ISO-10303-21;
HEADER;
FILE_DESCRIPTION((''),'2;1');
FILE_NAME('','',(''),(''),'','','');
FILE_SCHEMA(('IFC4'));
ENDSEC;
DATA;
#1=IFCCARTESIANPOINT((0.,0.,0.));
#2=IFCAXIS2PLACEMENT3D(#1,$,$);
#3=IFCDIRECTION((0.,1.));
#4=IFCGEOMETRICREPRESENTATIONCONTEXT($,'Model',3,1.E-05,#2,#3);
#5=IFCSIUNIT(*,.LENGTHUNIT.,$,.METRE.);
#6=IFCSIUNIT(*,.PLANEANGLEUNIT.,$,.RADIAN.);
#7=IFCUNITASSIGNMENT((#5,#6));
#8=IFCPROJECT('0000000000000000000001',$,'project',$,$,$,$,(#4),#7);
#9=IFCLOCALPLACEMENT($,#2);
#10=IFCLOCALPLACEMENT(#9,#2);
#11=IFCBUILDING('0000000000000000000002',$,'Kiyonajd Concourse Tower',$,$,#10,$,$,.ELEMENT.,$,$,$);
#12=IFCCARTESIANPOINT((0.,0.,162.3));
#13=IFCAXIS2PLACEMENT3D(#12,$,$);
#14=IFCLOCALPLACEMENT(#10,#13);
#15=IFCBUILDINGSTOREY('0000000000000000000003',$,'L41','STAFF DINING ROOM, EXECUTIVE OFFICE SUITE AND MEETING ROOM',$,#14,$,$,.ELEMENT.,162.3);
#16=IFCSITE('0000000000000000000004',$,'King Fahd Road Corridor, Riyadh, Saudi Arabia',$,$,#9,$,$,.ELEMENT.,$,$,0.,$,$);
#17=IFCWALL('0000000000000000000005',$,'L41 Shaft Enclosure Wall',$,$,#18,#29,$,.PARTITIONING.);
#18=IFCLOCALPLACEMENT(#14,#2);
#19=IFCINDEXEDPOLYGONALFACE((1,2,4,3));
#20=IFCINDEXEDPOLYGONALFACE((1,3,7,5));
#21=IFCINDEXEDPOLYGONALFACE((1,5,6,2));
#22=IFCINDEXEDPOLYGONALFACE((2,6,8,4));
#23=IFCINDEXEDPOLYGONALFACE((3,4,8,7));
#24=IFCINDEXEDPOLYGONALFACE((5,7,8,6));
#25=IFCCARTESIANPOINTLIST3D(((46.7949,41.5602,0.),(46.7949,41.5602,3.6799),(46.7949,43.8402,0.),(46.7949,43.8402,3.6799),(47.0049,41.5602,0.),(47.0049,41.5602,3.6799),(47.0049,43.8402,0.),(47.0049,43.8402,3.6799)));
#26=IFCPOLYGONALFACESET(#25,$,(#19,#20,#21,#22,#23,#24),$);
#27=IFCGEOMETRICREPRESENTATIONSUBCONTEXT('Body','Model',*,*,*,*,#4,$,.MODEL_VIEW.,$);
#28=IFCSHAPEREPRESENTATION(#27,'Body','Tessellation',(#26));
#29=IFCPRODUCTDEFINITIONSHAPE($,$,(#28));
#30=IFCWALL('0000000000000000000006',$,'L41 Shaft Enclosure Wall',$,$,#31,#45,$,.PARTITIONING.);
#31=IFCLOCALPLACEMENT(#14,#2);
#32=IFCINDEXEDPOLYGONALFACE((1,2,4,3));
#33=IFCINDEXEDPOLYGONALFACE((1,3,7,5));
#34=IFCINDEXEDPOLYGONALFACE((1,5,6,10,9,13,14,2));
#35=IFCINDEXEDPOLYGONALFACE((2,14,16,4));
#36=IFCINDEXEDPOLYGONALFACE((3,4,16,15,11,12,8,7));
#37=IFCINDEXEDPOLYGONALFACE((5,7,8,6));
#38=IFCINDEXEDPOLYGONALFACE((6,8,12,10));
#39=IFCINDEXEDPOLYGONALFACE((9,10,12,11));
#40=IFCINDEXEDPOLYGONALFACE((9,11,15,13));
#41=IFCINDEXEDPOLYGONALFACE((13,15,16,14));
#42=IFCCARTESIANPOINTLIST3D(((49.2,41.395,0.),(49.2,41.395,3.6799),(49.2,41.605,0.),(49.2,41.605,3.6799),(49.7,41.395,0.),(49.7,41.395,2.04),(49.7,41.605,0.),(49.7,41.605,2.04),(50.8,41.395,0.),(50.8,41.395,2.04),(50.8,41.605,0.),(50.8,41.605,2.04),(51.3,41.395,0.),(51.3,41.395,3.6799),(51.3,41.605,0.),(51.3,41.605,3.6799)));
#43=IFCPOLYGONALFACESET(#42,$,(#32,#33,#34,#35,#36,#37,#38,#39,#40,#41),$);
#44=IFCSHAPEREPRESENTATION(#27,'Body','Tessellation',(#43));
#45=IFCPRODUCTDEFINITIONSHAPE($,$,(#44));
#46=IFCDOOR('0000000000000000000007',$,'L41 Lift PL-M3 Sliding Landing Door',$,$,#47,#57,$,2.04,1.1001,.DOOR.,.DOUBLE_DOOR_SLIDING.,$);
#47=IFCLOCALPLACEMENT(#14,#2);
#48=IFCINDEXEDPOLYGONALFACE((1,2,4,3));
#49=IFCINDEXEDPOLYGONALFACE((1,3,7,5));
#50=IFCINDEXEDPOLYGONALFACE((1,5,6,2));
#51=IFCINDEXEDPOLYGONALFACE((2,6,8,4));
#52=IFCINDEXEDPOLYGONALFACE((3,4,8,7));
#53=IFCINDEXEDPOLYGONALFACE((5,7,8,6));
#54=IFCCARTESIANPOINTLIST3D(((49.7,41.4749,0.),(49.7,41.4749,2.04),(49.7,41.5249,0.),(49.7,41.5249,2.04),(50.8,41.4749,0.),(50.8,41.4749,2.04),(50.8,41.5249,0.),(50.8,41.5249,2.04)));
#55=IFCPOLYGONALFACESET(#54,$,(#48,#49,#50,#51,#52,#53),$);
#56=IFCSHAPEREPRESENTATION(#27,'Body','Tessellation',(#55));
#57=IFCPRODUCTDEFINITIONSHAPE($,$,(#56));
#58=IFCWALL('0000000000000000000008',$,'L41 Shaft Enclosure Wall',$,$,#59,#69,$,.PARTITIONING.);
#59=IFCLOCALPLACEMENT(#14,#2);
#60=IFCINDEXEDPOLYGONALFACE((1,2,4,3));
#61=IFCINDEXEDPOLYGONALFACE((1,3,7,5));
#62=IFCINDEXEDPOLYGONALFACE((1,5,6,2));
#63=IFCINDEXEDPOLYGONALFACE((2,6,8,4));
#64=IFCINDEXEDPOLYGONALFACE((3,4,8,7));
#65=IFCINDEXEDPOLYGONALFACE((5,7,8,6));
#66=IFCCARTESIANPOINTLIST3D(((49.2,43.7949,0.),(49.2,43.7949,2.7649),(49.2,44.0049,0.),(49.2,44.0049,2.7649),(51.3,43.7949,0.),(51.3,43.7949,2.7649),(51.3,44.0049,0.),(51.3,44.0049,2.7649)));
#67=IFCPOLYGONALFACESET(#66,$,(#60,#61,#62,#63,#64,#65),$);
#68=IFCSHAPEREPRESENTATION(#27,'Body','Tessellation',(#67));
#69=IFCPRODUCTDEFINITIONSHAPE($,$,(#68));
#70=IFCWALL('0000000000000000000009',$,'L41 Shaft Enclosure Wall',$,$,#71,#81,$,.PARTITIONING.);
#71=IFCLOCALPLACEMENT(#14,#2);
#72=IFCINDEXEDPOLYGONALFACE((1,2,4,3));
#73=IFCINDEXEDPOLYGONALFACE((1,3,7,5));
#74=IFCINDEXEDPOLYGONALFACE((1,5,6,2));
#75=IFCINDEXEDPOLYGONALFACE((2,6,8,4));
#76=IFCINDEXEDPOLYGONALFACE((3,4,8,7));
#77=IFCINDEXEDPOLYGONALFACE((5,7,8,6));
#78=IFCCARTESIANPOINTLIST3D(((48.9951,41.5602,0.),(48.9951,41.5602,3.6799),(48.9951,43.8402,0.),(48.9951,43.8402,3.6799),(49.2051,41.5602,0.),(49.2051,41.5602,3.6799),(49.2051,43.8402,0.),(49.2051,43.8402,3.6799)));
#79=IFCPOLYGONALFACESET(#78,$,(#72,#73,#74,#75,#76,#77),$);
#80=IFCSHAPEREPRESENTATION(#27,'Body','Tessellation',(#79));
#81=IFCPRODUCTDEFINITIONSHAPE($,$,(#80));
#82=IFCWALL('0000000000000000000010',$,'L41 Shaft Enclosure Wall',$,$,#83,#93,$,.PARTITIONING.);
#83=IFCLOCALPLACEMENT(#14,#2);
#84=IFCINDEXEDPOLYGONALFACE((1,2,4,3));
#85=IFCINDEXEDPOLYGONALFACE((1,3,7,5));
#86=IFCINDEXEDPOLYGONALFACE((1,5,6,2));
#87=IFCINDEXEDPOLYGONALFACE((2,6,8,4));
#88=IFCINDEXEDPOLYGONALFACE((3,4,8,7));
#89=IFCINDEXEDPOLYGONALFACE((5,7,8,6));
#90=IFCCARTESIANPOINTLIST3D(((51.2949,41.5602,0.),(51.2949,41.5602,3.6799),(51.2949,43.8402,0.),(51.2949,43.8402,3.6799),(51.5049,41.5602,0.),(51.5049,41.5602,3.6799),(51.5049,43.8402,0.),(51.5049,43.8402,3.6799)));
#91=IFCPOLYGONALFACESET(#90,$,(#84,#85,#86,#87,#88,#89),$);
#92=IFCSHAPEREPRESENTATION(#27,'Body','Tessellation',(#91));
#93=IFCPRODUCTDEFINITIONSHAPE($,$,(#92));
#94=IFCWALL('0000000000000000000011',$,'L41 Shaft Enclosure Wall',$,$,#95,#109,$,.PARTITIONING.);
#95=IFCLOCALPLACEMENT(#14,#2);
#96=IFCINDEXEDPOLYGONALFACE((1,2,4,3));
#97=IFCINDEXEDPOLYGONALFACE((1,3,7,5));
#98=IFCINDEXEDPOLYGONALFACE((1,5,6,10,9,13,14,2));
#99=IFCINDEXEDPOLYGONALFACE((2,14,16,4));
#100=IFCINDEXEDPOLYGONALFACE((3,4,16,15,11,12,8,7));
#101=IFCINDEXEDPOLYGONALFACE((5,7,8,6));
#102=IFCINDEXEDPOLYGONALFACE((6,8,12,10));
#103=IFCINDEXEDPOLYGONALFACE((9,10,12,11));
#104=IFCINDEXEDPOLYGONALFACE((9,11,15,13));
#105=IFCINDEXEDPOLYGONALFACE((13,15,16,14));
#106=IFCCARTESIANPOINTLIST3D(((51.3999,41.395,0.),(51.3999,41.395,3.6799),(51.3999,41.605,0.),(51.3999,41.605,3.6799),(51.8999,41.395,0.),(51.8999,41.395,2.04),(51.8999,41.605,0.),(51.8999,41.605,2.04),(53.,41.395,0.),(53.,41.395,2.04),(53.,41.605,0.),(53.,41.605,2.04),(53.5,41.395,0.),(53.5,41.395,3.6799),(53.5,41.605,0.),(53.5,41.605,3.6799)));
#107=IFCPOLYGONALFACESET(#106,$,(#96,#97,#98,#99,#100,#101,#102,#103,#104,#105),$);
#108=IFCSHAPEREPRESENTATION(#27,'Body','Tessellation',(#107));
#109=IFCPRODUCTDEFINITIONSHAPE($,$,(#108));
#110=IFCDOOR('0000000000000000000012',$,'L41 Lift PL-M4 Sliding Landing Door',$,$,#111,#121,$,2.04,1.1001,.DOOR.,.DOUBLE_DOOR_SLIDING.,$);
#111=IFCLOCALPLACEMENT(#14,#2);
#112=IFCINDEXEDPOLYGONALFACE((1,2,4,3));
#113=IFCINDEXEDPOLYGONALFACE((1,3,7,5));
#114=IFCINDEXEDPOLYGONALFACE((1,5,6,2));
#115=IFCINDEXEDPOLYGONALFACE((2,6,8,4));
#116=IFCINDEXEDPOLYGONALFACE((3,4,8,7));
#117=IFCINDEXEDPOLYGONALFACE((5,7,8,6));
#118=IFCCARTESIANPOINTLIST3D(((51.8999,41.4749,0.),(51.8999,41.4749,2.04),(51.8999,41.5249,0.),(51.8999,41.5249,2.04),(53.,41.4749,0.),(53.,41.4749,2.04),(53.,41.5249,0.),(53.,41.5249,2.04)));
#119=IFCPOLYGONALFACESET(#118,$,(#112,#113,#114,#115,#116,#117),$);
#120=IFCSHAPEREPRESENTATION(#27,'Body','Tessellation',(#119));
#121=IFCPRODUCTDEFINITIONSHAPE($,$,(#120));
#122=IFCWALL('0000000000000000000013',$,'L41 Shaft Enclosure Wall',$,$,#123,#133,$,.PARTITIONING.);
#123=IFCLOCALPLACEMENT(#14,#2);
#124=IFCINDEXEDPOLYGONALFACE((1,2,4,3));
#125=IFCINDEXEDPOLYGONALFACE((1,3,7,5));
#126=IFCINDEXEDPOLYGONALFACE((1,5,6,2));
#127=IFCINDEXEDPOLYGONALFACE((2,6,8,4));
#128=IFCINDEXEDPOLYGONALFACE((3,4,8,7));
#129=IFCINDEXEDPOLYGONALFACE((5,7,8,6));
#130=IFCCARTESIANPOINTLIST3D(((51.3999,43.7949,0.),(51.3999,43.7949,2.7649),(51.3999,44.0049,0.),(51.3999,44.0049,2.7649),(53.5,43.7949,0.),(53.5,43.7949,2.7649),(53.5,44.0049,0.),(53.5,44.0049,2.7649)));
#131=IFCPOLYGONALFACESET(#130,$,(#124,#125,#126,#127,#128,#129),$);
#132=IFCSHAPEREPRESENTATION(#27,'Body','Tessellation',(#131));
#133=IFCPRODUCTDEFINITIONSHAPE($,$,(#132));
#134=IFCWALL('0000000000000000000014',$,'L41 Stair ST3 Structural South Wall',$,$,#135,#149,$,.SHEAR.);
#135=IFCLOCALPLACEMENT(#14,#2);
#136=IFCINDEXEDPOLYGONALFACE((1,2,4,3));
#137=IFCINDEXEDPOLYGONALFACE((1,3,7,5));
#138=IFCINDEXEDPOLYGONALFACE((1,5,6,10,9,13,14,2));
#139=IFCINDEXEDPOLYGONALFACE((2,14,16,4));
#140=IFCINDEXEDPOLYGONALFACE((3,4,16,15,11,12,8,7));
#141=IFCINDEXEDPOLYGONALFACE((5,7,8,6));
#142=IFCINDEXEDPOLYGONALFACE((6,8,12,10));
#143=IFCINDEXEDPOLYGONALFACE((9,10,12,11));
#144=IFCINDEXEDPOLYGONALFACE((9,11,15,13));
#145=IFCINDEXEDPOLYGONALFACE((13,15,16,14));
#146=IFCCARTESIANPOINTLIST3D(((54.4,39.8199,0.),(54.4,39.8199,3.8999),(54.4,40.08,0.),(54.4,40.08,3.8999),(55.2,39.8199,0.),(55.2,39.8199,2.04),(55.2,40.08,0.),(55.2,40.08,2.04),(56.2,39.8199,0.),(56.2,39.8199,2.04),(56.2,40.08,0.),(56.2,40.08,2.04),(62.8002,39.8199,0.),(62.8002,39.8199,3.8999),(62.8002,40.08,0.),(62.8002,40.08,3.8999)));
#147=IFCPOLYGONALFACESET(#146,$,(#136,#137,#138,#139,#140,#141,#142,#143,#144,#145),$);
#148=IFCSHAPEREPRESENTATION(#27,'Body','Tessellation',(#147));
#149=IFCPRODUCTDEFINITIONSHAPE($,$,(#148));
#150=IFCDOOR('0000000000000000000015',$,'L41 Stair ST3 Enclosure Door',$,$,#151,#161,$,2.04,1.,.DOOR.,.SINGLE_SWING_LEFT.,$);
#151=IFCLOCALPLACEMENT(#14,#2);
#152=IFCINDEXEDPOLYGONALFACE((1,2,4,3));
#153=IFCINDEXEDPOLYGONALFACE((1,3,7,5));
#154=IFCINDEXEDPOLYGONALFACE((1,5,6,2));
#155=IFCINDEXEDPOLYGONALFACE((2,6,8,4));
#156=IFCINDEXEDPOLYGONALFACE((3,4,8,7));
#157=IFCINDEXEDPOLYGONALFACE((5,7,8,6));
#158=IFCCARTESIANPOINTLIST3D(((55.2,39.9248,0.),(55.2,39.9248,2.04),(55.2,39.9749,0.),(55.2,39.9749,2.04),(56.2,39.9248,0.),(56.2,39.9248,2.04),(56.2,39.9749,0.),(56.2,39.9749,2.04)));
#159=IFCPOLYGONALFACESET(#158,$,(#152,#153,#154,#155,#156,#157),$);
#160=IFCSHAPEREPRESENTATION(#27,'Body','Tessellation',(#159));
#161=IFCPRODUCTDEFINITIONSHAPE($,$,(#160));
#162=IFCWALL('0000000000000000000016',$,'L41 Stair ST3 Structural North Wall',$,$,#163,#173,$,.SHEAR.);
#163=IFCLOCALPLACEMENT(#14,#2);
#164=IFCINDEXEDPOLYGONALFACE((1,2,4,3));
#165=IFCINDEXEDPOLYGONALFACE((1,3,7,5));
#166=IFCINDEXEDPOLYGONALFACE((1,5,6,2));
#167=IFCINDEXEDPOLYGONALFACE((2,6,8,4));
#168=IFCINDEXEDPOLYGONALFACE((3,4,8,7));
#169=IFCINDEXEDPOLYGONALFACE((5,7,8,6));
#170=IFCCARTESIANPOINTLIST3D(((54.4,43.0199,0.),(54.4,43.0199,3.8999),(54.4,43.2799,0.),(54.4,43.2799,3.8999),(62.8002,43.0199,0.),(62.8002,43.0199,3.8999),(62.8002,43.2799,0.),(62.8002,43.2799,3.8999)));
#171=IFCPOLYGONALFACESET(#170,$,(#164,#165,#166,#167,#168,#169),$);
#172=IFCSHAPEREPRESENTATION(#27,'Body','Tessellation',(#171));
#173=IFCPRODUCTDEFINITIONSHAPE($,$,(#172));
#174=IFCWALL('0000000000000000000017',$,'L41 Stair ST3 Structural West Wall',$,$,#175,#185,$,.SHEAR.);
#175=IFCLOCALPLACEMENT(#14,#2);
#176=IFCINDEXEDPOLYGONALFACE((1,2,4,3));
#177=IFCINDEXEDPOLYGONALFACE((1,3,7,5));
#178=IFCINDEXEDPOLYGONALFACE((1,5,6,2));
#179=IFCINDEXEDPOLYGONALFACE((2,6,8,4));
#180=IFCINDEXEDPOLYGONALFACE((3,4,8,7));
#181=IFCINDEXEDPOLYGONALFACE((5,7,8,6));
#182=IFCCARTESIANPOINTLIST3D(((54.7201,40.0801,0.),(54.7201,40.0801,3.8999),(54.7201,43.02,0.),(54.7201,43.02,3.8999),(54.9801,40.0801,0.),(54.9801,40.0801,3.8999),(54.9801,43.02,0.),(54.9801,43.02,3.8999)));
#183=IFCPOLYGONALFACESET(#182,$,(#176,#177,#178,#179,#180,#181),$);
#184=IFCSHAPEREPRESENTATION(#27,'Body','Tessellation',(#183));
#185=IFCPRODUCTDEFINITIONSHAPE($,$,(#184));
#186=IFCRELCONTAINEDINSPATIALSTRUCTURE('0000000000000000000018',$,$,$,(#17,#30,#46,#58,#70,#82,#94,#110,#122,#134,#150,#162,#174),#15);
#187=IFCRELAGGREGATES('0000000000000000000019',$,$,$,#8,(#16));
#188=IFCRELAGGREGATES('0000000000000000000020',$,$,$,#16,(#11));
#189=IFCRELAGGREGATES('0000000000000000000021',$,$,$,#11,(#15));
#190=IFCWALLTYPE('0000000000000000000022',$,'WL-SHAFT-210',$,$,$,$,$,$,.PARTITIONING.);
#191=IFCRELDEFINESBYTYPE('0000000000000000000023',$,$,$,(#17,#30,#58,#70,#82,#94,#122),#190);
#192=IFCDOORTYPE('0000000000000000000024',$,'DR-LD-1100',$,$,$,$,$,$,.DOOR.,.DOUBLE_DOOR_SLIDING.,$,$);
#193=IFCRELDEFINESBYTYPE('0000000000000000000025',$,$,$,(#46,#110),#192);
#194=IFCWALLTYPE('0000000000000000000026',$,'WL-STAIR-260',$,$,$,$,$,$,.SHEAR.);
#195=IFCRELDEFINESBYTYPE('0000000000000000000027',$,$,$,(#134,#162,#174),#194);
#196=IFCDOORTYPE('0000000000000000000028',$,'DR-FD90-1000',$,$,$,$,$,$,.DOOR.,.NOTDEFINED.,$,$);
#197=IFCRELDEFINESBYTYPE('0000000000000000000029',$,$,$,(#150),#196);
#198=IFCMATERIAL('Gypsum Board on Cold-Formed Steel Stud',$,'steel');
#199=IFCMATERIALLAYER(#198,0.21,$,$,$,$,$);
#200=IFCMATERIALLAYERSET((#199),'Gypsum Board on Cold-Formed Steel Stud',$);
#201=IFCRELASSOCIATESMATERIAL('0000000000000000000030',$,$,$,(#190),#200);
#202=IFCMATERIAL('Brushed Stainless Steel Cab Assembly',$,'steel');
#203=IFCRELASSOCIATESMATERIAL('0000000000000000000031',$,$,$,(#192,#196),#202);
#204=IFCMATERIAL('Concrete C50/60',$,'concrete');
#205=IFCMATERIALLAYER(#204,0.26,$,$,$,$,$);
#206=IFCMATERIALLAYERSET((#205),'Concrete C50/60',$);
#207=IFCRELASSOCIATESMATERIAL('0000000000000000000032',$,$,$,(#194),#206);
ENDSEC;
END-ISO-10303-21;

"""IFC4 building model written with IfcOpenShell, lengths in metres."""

from ifc_helpers import new_model, si_unit, direction, frame, frame_2d, origin, place, context, subcontext, project, spatial, rectangle, extrude, material, layer, layer_set, type_object, element, fill, save


model = new_model("IFC4")

# Units and contexts
model_context = context("Model", 3, precision=1e-05, world=origin(), true_north=direction((0.0, 1.0)))
body_context = subcontext(model_context, "Body", "Model", "MODEL_VIEW")
ifc_project = project(units=[si_unit("LENGTHUNIT", "METRE"), si_unit("PLANEANGLEUNIT", "RADIAN")], contexts=[model_context])

# Site, building, storey
site_placement = place(None, origin())
site = spatial("IfcSite", under=ifc_project, at=site_placement, Name="King Fahd Road Corridor, Riyadh, Saudi Arabia", CompositionType="ELEMENT", RefElevation=0.0)
building_placement = place(site_placement, origin())
building = spatial("IfcBuilding", under=site, at=building_placement, Name="Kiyonajd Concourse Tower", CompositionType="ELEMENT")
storey_placement = place(building_placement, frame((0.0, 0.0, 162.3)))
storey = spatial("IfcBuildingStorey", under=building, at=storey_placement, Name="L41", Description="STAFF DINING ROOM, EXECUTIVE OFFICE SUITE AND MEETING ROOM", CompositionType="ELEMENT", Elevation=162.3)

# Shared definitions
ifc_material_1 = material(Name="Concrete C50/60", Category="concrete")

# Shared definitions
ifc_material_2 = material(Name="Gypsum Board on Cold-Formed Steel Stud", Category="steel")
ifc_layer_1 = layer(ifc_material_2, 0.21)
ifc_layer_set_1 = layer_set([ifc_layer_1], Name="Gypsum Board on Cold-Formed Steel Stud")
wall_type_1 = type_object("IfcWallType", Name="WL-SHAFT-210", PredefinedType="PARTITIONING", material=ifc_layer_set_1)

# Shared definitions
ifc_material_3 = material(Name="Brushed Stainless Steel Cab Assembly", Category="steel")
door_type_1 = type_object("IfcDoorType", Name="DR-LD-1100", OperationType="DOUBLE_DOOR_SLIDING", PredefinedType="DOOR", material=ifc_material_3)

# Wall
wall_1_placement = place(storey_placement, frame((46.8999, 41.5601, 0.0), z_axis=(0.0, 0.0, 1.0), x_axis=(0.0, 1.0, 0.0)))
element("IfcWall", 1, at=wall_1_placement, inside=storey, type_object=wall_type_1, Name="L41 Shaft Enclosure Wall", PredefinedType="PARTITIONING", context=body_context, shape_type="SweptSolid", body=[
    extrude(rectangle(XDim=2.28, YDim=0.21, at=frame_2d((1.1401, 0.0))), origin(), (0.0, 0.0, 1.0), 3.6799),
])

# Wall, opening, door
wall_2_placement = place(storey_placement, frame((49.2, 41.5, 0.0), z_axis=(0.0, 0.0, 1.0), x_axis=(1.0, 0.0, 0.0)))
wall_2 = element("IfcWall", 2, at=wall_2_placement, inside=storey, type_object=wall_type_1, Name="L41 Shaft Enclosure Wall", PredefinedType="PARTITIONING", context=body_context, shape_type="SweptSolid", body=[
    extrude(rectangle(XDim=2.1001, YDim=0.21, at=frame_2d((1.05, 0.0))), origin(), (0.0, 0.0, 1.0), 3.6799),
])
opening_1_placement = place(wall_2_placement, frame((0.5, 0.0, 0.0)))
opening_1 = element("IfcOpeningElement", 3, at=opening_1_placement, cuts=wall_2, PredefinedType="OPENING", context=body_context, shape_type="SweptSolid", body=[
    extrude(rectangle(XDim=1.1001, YDim=2.04, at=frame_2d((0.55, 1.02))), frame((0.0, 0.115, 0.0), z_axis=(0.0, -1.0, 0.0), x_axis=(1.0, 0.0, 0.0)), (0.0, 0.0, 1.0), 0.23),
])
door_1_placement = place(opening_1_placement, origin())
door_1 = element("IfcDoor", 4, at=door_1_placement, inside=storey, type_object=door_type_1, Name="L41 Lift PL-M3 Sliding Landing Door", OperationType="DOUBLE_DOOR_SLIDING", OverallHeight=2.04, OverallWidth=1.1001, PredefinedType="DOOR", context=body_context, shape_type="SweptSolid", body=[
    extrude(rectangle(XDim=1.1001, YDim=2.04, at=frame_2d((0.55, 1.02))), frame((0.0, 0.0249, 0.0), z_axis=(0.0, -1.0, 0.0), x_axis=(1.0, 0.0, 0.0)), (0.0, 0.0, 1.0), 0.05),
])
fill(opening_1, door_1)

# Walls
wall_3_placement = place(storey_placement, frame((49.2, 43.8999, 0.0), z_axis=(0.0, 0.0, 1.0), x_axis=(1.0, 0.0, 0.0)))
element("IfcWall", 5, at=wall_3_placement, inside=storey, type_object=wall_type_1, Name="L41 Shaft Enclosure Wall", PredefinedType="PARTITIONING", context=body_context, shape_type="SweptSolid", body=[
    extrude(rectangle(XDim=2.1001, YDim=0.21, at=frame_2d((1.05, 0.0))), origin(), (0.0, 0.0, 1.0), 2.7649),
])
for number, where, z_axis, x_axis, name in (
    (6, (49.1001, 41.5601, 0.0), (0.0, 0.0, 1.0), (0.0, 1.0, 0.0), "L41 Shaft Enclosure Wall"),
    (7, (51.3999, 41.5601, 0.0), (0.0, 0.0, 1.0), (0.0, 1.0, 0.0), "L41 Shaft Enclosure Wall"),
):
    element("IfcWall", number, at=place(storey_placement, frame(where, z_axis=z_axis, x_axis=x_axis)), inside=storey, type_object=wall_type_1, Name=name, PredefinedType="PARTITIONING", context=body_context, shape_type="SweptSolid", body=[
        extrude(rectangle(XDim=2.28, YDim=0.21, at=frame_2d((1.1401, 0.0))), origin(), (0.0, 0.0, 1.0), 3.6799),
    ])

# Wall, opening, door
wall_4_placement = place(storey_placement, frame((51.3999, 41.5, 0.0), z_axis=(0.0, 0.0, 1.0), x_axis=(1.0, 0.0, 0.0)))
wall_4 = element("IfcWall", 8, at=wall_4_placement, inside=storey, type_object=wall_type_1, Name="L41 Shaft Enclosure Wall", PredefinedType="PARTITIONING", context=body_context, shape_type="SweptSolid", body=[
    extrude(rectangle(XDim=2.1001, YDim=0.21, at=frame_2d((1.05, 0.0))), origin(), (0.0, 0.0, 1.0), 3.6799),
])
opening_2_placement = place(wall_4_placement, frame((0.5, 0.0, 0.0)))
opening_2 = element("IfcOpeningElement", 9, at=opening_2_placement, cuts=wall_4, PredefinedType="OPENING", context=body_context, shape_type="SweptSolid", body=[
    extrude(rectangle(XDim=1.1001, YDim=2.04, at=frame_2d((0.55, 1.02))), frame((0.0, 0.115, 0.0), z_axis=(0.0, -1.0, 0.0), x_axis=(1.0, 0.0, 0.0)), (0.0, 0.0, 1.0), 0.23),
])
door_2_placement = place(opening_2_placement, origin())
door_2 = element("IfcDoor", 10, at=door_2_placement, inside=storey, type_object=door_type_1, Name="L41 Lift PL-M4 Sliding Landing Door", OperationType="DOUBLE_DOOR_SLIDING", OverallHeight=2.04, OverallWidth=1.1001, PredefinedType="DOOR", context=body_context, shape_type="SweptSolid", body=[
    extrude(rectangle(XDim=1.1001, YDim=2.04, at=frame_2d((0.55, 1.02))), frame((0.0, 0.0249, 0.0), z_axis=(0.0, -1.0, 0.0), x_axis=(1.0, 0.0, 0.0)), (0.0, 0.0, 1.0), 0.05),
])
fill(opening_2, door_2)

# Wall
wall_5_placement = place(storey_placement, frame((51.3999, 43.8999, 0.0), z_axis=(0.0, 0.0, 1.0), x_axis=(1.0, 0.0, 0.0)))
element("IfcWall", 11, at=wall_5_placement, inside=storey, type_object=wall_type_1, Name="L41 Shaft Enclosure Wall", PredefinedType="PARTITIONING", context=body_context, shape_type="SweptSolid", body=[
    extrude(rectangle(XDim=2.1001, YDim=0.21, at=frame_2d((1.05, 0.0))), origin(), (0.0, 0.0, 1.0), 2.7649),
])

# Wall, opening, door
ifc_layer_2 = layer(ifc_material_1, 0.26)
ifc_layer_set_2 = layer_set([ifc_layer_2], Name="Concrete C50/60")
wall_type_2 = type_object("IfcWallType", Name="WL-STAIR-260", PredefinedType="SHEAR", material=ifc_layer_set_2)
wall_6_placement = place(storey_placement, frame((54.3999, 39.95, 0.0), z_axis=(0.0, 0.0, 1.0), x_axis=(1.0, 0.0, 0.0)))
wall_6 = element("IfcWall", 12, at=wall_6_placement, inside=storey, type_object=wall_type_2, Name="L41 Stair ST3 Structural South Wall", PredefinedType="SHEAR", context=body_context, shape_type="SweptSolid", body=[
    extrude(rectangle(XDim=8.4001, YDim=0.26, at=frame_2d((4.2002, 0.0))), origin(), (0.0, 0.0, 1.0), 3.8999),
])
opening_3_placement = place(wall_6_placement, frame((0.8, 0.0, 0.0)))
opening_3 = element("IfcOpeningElement", 13, at=opening_3_placement, cuts=wall_6, PredefinedType="OPENING", context=body_context, shape_type="SweptSolid", body=[
    extrude(rectangle(XDim=1.0, YDim=2.04, at=frame_2d((0.5, 1.02))), frame((0.0, 0.1399, 0.0), z_axis=(0.0, -1.0, 0.0), x_axis=(1.0, 0.0, 0.0)), (0.0, 0.0, 1.0), 0.28),
])
door_type_2 = type_object("IfcDoorType", Name="DR-FD90-1000", OperationType="NOTDEFINED", PredefinedType="DOOR", material=ifc_material_3)
door_3_placement = place(opening_3_placement, origin())
door_3 = element("IfcDoor", 14, at=door_3_placement, inside=storey, type_object=door_type_2, Name="L41 Stair ST3 Enclosure Door", OperationType="SINGLE_SWING_LEFT", OverallHeight=2.04, OverallWidth=1.0, PredefinedType="DOOR", context=body_context, shape_type="SweptSolid", body=[
    extrude(rectangle(XDim=1.0, YDim=2.04, at=frame_2d((0.5, 1.02))), frame((0.0, 0.0249, 0.0), z_axis=(0.0, -1.0, 0.0), x_axis=(1.0, 0.0, 0.0)), (0.0, 0.0, 1.0), 0.05),
])
fill(opening_3, door_3)

# Walls
wall_7_placement = place(storey_placement, frame((54.3999, 43.1499, 0.0), z_axis=(0.0, 0.0, 1.0), x_axis=(1.0, 0.0, 0.0)))
element("IfcWall", 15, at=wall_7_placement, inside=storey, type_object=wall_type_2, Name="L41 Stair ST3 Structural North Wall", PredefinedType="SHEAR", context=body_context, shape_type="SweptSolid", body=[
    extrude(rectangle(XDim=8.4001, YDim=0.26, at=frame_2d((4.2002, 0.0))), origin(), (0.0, 0.0, 1.0), 3.8999),
])
wall_8_placement = place(storey_placement, frame((54.8501, 40.0801, 0.0), z_axis=(0.0, 0.0, 1.0), x_axis=(0.0, 1.0, 0.0)))
element("IfcWall", 16, at=wall_8_placement, inside=storey, type_object=wall_type_2, Name="L41 Stair ST3 Structural West Wall", PredefinedType="SHEAR", context=body_context, shape_type="SweptSolid", body=[
    extrude(rectangle(XDim=2.9399, YDim=0.26, at=frame_2d((1.47, 0.0))), origin(), (0.0, 0.0, 1.0), 3.8999),
])

save(model, "model.ifc")
